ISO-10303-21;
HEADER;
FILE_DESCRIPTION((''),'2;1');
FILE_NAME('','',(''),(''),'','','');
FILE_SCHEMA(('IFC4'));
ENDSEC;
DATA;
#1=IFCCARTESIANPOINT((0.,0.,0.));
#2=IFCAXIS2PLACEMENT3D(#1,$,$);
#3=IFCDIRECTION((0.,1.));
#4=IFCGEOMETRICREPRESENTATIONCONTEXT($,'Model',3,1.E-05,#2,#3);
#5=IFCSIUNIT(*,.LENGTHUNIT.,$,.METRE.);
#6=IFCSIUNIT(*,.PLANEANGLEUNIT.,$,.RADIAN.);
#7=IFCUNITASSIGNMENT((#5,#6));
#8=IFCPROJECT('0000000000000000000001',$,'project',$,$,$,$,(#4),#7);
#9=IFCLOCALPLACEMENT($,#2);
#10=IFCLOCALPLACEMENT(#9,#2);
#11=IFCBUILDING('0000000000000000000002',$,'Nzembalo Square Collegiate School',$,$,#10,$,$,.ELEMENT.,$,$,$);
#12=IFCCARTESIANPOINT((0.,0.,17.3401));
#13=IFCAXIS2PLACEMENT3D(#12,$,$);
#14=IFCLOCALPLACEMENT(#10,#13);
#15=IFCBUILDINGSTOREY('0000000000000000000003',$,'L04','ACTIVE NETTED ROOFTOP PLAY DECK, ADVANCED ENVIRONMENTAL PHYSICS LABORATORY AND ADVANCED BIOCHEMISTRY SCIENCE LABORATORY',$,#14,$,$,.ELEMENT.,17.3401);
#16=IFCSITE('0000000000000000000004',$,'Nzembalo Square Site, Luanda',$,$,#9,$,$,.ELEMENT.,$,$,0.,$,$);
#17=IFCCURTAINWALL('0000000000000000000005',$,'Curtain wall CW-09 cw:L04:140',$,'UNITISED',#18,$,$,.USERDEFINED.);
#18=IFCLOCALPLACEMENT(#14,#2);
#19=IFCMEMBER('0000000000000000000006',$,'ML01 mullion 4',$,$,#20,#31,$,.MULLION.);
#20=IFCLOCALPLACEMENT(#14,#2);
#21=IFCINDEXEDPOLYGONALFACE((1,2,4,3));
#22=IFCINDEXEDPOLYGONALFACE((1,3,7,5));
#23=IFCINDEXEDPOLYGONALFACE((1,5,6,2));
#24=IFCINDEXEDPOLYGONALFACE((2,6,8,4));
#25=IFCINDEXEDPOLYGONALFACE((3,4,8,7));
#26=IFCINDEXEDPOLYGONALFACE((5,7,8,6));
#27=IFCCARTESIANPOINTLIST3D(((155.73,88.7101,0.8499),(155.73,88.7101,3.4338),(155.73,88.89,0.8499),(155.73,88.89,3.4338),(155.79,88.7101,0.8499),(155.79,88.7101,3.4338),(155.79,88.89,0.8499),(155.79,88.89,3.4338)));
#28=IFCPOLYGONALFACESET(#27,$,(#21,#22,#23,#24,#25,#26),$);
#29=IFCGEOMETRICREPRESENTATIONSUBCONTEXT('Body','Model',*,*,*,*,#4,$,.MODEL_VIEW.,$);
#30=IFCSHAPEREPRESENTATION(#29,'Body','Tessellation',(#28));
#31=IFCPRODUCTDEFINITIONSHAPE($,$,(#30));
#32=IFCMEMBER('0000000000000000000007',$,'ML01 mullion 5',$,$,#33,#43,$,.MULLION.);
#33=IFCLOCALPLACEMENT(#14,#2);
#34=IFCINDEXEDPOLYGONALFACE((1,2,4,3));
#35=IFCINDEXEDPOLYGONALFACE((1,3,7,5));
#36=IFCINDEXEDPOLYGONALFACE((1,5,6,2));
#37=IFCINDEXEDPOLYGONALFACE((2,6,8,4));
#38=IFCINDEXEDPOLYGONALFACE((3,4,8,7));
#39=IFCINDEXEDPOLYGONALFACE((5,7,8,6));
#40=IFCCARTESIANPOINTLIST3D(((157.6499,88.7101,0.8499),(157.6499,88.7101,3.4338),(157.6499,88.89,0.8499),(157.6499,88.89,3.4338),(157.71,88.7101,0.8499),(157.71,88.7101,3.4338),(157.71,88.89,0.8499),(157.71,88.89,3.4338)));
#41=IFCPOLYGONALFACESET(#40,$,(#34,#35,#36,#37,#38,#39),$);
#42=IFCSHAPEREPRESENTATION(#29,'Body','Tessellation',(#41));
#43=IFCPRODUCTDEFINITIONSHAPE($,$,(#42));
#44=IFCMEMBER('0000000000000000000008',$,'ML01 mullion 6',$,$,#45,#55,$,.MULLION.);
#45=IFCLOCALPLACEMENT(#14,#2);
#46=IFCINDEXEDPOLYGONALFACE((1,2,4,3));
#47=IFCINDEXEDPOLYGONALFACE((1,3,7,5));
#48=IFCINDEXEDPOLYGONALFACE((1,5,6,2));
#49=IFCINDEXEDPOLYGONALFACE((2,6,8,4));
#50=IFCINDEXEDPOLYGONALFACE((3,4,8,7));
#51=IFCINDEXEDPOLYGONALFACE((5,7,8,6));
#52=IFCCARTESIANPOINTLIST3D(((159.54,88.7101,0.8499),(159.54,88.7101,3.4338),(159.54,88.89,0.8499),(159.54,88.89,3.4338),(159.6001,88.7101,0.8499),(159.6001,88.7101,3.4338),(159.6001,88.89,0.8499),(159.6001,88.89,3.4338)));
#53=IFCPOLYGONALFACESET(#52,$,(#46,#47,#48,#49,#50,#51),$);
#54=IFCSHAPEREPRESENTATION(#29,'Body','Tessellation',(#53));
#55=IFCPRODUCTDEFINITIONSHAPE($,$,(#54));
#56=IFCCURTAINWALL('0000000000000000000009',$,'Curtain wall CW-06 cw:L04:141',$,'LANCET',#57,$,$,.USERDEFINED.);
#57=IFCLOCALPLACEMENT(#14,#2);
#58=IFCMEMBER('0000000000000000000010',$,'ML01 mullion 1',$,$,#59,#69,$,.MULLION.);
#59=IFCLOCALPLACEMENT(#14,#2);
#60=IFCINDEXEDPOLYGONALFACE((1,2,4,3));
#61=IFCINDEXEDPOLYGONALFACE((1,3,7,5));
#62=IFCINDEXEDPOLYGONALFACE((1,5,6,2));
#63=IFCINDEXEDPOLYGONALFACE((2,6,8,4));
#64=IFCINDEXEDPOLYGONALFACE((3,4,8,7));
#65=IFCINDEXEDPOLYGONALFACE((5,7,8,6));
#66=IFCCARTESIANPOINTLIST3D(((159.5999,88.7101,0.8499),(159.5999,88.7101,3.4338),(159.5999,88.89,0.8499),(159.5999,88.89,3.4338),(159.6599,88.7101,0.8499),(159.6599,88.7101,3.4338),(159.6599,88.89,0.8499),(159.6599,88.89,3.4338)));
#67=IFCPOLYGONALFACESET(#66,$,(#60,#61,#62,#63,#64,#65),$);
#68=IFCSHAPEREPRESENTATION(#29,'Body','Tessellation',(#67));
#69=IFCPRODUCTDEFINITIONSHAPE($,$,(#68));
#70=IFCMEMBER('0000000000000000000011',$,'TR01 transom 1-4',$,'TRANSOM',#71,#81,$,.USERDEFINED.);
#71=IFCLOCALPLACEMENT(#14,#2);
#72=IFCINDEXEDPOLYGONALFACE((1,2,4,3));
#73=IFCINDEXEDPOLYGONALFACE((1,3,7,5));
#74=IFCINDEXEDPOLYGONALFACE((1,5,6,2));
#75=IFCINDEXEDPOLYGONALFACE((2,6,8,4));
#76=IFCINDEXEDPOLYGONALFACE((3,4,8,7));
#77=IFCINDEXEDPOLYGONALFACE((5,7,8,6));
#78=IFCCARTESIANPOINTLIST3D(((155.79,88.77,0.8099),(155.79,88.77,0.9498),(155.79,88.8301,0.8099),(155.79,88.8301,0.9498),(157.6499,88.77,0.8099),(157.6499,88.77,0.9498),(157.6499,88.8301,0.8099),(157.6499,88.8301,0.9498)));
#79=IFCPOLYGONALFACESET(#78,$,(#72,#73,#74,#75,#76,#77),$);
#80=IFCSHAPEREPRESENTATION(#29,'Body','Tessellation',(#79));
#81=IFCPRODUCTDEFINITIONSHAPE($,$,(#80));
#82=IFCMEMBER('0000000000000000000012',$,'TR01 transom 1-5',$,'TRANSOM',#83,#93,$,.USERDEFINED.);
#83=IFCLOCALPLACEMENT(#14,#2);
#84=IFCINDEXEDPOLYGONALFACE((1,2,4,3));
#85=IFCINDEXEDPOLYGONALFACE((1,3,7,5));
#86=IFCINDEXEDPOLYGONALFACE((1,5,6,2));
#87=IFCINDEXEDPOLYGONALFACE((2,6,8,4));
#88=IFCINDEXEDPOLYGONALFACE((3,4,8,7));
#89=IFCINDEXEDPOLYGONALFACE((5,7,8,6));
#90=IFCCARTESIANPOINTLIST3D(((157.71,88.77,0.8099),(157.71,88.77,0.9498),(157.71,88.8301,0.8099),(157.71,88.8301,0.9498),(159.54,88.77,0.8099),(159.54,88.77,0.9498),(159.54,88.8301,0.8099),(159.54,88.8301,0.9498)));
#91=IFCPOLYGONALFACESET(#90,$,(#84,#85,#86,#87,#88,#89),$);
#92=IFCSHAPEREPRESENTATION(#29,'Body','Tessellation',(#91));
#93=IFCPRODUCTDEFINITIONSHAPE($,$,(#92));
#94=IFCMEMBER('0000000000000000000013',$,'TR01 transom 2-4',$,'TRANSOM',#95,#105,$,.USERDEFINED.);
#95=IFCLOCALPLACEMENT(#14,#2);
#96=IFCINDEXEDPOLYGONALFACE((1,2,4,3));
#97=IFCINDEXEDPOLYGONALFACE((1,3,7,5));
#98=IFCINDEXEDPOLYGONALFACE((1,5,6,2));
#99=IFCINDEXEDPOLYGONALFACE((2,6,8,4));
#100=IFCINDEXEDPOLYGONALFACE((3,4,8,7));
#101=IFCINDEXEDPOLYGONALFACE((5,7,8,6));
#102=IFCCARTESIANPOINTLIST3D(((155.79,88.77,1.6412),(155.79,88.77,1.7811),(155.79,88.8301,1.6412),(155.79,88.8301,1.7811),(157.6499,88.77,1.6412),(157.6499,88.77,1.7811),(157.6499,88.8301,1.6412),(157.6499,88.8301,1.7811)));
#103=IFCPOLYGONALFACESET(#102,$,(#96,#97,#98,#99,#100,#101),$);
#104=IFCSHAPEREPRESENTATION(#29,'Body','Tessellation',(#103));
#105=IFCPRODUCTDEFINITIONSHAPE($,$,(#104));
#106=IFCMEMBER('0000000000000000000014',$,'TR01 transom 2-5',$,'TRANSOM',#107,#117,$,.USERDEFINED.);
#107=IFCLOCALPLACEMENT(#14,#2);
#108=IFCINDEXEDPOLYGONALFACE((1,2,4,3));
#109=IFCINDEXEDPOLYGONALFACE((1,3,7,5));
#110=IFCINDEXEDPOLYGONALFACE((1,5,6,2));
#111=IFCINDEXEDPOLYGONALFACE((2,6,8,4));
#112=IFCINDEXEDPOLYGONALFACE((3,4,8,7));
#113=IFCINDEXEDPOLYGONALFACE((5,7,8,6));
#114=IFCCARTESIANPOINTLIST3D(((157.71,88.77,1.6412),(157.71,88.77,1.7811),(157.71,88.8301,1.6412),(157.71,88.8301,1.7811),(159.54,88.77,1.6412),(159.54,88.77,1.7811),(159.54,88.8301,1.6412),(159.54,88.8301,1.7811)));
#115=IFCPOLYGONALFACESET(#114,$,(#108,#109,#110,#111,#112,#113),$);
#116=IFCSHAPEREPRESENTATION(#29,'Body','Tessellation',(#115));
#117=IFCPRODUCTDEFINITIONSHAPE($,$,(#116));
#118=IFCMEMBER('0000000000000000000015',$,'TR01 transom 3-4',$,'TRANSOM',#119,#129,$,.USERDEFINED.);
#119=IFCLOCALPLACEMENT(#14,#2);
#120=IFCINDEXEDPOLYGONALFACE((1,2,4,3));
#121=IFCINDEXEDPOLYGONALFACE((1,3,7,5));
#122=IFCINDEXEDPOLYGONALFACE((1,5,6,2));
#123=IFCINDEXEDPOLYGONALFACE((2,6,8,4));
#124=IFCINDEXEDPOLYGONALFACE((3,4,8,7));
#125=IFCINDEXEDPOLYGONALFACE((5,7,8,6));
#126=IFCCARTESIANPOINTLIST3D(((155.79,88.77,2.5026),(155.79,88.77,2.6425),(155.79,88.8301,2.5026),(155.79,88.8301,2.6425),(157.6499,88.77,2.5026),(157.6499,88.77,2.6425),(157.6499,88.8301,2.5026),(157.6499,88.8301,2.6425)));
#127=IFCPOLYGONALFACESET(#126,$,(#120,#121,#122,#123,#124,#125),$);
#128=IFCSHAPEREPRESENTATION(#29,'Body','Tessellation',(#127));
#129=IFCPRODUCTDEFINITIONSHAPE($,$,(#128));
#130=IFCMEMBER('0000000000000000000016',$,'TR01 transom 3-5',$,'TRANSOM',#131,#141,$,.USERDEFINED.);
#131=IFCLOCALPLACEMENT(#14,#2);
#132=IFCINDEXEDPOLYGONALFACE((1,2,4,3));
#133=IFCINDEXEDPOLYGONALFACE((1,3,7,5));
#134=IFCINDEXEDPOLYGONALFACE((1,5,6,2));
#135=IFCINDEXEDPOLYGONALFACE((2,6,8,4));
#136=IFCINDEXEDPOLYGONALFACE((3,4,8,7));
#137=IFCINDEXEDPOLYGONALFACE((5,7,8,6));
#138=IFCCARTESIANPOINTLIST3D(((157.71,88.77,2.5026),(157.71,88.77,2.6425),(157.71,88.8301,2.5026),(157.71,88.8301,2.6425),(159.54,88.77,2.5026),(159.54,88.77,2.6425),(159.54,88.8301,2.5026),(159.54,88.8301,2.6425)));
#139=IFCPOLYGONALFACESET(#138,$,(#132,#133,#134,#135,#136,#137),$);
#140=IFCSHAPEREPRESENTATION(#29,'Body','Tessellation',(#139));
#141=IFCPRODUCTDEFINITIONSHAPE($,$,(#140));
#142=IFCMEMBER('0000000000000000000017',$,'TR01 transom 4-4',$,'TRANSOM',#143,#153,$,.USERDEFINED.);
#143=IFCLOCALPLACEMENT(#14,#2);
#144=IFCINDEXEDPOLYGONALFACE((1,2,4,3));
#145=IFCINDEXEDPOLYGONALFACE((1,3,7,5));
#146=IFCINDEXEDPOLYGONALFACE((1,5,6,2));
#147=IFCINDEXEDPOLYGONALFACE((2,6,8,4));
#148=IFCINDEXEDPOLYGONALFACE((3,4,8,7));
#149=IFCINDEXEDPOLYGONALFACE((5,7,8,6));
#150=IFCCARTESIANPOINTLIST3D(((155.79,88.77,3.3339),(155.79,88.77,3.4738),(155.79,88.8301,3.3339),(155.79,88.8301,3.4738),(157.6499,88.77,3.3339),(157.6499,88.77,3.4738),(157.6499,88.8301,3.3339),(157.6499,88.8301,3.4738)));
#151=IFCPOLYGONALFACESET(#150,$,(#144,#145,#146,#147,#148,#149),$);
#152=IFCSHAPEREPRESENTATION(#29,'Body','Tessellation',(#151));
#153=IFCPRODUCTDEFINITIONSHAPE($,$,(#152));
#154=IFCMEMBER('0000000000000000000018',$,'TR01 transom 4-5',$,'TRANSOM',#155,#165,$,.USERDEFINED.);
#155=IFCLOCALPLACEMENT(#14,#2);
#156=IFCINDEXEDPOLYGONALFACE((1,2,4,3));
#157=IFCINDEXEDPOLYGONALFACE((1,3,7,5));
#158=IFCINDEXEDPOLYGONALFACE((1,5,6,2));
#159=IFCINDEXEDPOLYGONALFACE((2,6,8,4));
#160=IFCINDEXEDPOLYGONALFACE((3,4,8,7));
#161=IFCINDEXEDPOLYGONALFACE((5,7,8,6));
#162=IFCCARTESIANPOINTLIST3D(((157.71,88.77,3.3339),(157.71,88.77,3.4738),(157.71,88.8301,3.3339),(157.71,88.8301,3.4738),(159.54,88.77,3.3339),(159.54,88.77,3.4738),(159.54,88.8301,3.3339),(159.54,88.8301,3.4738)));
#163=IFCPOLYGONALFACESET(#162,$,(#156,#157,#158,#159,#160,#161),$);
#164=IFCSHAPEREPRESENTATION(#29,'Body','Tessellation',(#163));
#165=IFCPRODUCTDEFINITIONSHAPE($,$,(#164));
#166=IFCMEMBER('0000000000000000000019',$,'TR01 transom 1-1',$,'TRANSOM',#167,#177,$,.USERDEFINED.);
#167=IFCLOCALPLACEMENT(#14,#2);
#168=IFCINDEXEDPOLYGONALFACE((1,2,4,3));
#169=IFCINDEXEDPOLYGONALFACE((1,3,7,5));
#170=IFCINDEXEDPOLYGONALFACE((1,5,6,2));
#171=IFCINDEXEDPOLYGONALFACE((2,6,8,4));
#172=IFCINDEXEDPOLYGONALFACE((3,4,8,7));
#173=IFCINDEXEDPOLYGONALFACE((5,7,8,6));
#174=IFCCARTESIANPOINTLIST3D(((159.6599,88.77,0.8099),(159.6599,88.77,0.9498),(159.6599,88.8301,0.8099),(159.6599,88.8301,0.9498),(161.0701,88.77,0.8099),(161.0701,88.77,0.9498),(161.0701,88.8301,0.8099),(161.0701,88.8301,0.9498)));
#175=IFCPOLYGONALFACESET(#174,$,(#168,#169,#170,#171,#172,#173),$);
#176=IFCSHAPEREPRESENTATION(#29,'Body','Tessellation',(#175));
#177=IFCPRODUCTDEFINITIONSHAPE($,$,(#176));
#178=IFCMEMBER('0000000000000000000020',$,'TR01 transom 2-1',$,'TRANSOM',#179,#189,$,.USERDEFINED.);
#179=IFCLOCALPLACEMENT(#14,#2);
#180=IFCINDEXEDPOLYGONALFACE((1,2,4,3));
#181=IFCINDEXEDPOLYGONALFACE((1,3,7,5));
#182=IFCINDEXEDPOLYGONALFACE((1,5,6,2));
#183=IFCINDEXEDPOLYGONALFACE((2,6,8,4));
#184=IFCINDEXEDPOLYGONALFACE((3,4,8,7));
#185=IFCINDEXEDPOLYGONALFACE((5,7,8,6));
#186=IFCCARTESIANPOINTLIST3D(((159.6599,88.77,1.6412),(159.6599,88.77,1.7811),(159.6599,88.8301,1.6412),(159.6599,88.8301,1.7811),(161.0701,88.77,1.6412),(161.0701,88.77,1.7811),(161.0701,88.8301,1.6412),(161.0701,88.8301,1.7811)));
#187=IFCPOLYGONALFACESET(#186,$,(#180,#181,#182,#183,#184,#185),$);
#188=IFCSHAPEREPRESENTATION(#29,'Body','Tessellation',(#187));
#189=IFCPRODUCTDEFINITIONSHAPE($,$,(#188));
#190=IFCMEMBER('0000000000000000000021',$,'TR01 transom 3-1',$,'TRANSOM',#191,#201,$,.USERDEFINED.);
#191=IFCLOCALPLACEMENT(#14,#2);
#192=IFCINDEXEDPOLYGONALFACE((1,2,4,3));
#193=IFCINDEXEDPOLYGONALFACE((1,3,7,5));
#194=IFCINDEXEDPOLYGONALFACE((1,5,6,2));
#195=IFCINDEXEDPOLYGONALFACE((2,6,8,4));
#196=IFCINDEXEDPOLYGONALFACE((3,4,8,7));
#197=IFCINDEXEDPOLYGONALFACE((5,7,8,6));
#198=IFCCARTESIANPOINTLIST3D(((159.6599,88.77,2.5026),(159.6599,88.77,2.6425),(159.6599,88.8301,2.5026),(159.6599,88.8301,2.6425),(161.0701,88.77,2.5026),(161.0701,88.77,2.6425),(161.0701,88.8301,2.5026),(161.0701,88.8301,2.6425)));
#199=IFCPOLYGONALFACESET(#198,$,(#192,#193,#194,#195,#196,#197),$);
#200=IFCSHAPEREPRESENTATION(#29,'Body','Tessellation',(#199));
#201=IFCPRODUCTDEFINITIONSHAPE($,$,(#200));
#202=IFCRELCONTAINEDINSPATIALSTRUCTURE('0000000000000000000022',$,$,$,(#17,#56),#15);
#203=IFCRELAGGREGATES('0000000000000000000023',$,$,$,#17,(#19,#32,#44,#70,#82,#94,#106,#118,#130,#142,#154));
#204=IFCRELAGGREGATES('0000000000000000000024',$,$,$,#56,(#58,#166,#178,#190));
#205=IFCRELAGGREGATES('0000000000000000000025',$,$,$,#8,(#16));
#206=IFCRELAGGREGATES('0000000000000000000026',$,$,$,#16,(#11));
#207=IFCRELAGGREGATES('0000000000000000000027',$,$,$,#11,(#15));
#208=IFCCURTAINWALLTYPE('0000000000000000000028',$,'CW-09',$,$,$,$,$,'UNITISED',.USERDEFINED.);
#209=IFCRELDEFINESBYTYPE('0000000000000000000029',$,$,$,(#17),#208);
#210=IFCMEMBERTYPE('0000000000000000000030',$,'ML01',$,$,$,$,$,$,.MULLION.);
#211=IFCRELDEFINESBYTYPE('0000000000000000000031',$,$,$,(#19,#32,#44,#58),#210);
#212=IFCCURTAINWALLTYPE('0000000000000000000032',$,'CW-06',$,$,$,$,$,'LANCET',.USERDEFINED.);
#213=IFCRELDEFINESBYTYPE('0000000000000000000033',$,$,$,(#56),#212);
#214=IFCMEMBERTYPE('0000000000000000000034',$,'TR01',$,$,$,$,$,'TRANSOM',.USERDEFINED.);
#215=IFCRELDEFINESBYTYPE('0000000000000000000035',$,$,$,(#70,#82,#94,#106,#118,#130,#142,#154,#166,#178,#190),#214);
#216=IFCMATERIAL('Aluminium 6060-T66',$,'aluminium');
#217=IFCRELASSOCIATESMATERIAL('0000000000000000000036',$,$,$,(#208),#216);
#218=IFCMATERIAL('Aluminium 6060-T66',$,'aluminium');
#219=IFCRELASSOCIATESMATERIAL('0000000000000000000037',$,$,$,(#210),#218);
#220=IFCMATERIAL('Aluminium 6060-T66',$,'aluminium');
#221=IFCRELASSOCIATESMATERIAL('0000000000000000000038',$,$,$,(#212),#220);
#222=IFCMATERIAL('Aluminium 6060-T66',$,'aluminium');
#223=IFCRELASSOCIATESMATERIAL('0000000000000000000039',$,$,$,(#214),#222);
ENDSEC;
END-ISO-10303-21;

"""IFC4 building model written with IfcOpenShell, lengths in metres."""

from ifc_helpers import new_model, si_unit, direction, frame, origin, origin_2d, place, context, subcontext, project, spatial, rectangle, extrude, material, material_profile, profile_set, type_object, element, aggregate, save


model = new_model("IFC4")

# Units and contexts
model_context = context("Model", 3, precision=1e-05, world=origin(), true_north=direction((0.0, 1.0)))
body_context = subcontext(model_context, "Body", "Model", "MODEL_VIEW")
ifc_project = project(units=[si_unit("LENGTHUNIT", "METRE"), si_unit("PLANEANGLEUNIT", "RADIAN")], contexts=[model_context])

# Site, building, storey
site_placement = place(None, origin())
site = spatial("IfcSite", under=ifc_project, at=site_placement, Name="Nzembalo Square Site, Luanda", CompositionType="ELEMENT", RefElevation=0.0)
building_placement = place(site_placement, origin())
building = spatial("IfcBuilding", under=site, at=building_placement, Name="Nzembalo Square Collegiate School", CompositionType="ELEMENT")
storey_placement = place(building_placement, frame((0.0, 0.0, 17.3401)))
storey = spatial("IfcBuildingStorey", under=building, at=storey_placement, Name="L04", Description="ACTIVE NETTED ROOFTOP PLAY DECK, ADVANCED ENVIRONMENTAL PHYSICS LABORATORY AND ADVANCED BIOCHEMISTRY SCIENCE LABORATORY", CompositionType="ELEMENT", Elevation=17.3401)

# Curtain wall, members
ifc_material_1 = material(Name="Aluminium 6060-T66", Category="aluminium")
curtain_wall_type_1 = type_object("IfcCurtainWallType", Name="CW-09", ElementType="UNITISED", PredefinedType="USERDEFINED", material=ifc_material_1)
curtain_wall_1_placement = place(storey_placement, origin())
curtain_wall_1 = element("IfcCurtainWall", 1, at=curtain_wall_1_placement, inside=storey, type_object=curtain_wall_type_1, Name="Curtain wall CW-09 cw:L04:140", ObjectType="UNITISED", PredefinedType="USERDEFINED")
ifc_material_2 = material(Name="Aluminium 6060-T66", Category="aluminium")
ifc_material_profile_1 = material_profile(ifc_material_2, rectangle(XDim=0.0601, YDim=0.1799, at=origin_2d()), Name="ALU M60x180")
ifc_profile_set_1 = profile_set([ifc_material_profile_1], Name="Aluminium 6060-T66")
member_type_1 = type_object("IfcMemberType", Name="ML01", PredefinedType="MULLION", material=ifc_profile_set_1)
member_1_placement = place(storey_placement, frame((155.76, 88.8, 0.8499), z_axis=(0.0, 0.0, 1.0), x_axis=(1.0, 0.0, 0.0)))
member_1 = element("IfcMember", 2, at=member_1_placement, type_object=member_type_1, Name="ML01 mullion 4", PredefinedType="MULLION", context=body_context, shape_type="SweptSolid", body=[
    extrude(rectangle(XDim=0.0601, YDim=0.1799, at=origin_2d()), origin(), (0.0, 0.0, 1.0), 2.584),
])
member_2_placement = place(storey_placement, frame((157.6799, 88.8, 0.8499), z_axis=(0.0, 0.0, 1.0), x_axis=(1.0, 0.0, 0.0)))
member_2 = element("IfcMember", 3, at=member_2_placement, type_object=member_type_1, Name="ML01 mullion 5", PredefinedType="MULLION", context=body_context, shape_type="SweptSolid", body=[
    extrude(rectangle(XDim=0.0601, YDim=0.1799, at=origin_2d()), origin(), (0.0, 0.0, 1.0), 2.584),
])
member_3_placement = place(storey_placement, frame((159.5701, 88.8, 0.8499), z_axis=(0.0, 0.0, 1.0), x_axis=(1.0, 0.0, 0.0)))
member_3 = element("IfcMember", 4, at=member_3_placement, type_object=member_type_1, Name="ML01 mullion 6", PredefinedType="MULLION", context=body_context, shape_type="SweptSolid", body=[
    extrude(rectangle(XDim=0.0601, YDim=0.1799, at=origin_2d()), origin(), (0.0, 0.0, 1.0), 2.584),
])

# Curtain wall, member
ifc_material_3 = material(Name="Aluminium 6060-T66", Category="aluminium")
curtain_wall_type_2 = type_object("IfcCurtainWallType", Name="CW-06", ElementType="LANCET", PredefinedType="USERDEFINED", material=ifc_material_3)
curtain_wall_2_placement = place(storey_placement, origin())
curtain_wall_2 = element("IfcCurtainWall", 5, at=curtain_wall_2_placement, inside=storey, type_object=curtain_wall_type_2, Name="Curtain wall CW-06 cw:L04:141", ObjectType="LANCET", PredefinedType="USERDEFINED")
member_4_placement = place(storey_placement, frame((159.6299, 88.8, 0.8499), z_axis=(0.0, 0.0, 1.0), x_axis=(1.0, 0.0, 0.0)))
member_4 = element("IfcMember", 6, at=member_4_placement, type_object=member_type_1, Name="ML01 mullion 1", PredefinedType="MULLION", context=body_context, shape_type="SweptSolid", body=[
    extrude(rectangle(XDim=0.0601, YDim=0.1799, at=origin_2d()), origin(), (0.0, 0.0, 1.0), 2.584),
])

# Members
ifc_material_4 = material(Name="Aluminium 6060-T66", Category="aluminium")
ifc_material_profile_2 = material_profile(ifc_material_4, rectangle(XDim=0.0601, YDim=0.1399, at=origin_2d()), Name="ALU T60x140")
ifc_profile_set_2 = profile_set([ifc_material_profile_2], Name="Aluminium 6060-T66")
member_type_2 = type_object("IfcMemberType", Name="TR01", ElementType="TRANSOM", PredefinedType="USERDEFINED", material=ifc_profile_set_2)
member_5_placement = place(storey_placement, frame((155.79, 88.8, 0.8799), z_axis=(1.0, 0.0, 0.0), x_axis=(0.0, 1.0, 0.0)))
member_5 = element("IfcMember", 7, at=member_5_placement, type_object=member_type_2, Name="TR01 transom 1-4", ObjectType="TRANSOM", PredefinedType="USERDEFINED", context=body_context, shape_type="SweptSolid", body=[
    extrude(rectangle(XDim=0.0601, YDim=0.1399, at=origin_2d()), origin(), (0.0, 0.0, 1.0), 1.8599),
])
member_6_placement = place(storey_placement, frame((157.71, 88.8, 0.8799), z_axis=(1.0, 0.0, 0.0), x_axis=(0.0, 1.0, 0.0)))
member_6 = element("IfcMember", 8, at=member_6_placement, type_object=member_type_2, Name="TR01 transom 1-5", ObjectType="TRANSOM", PredefinedType="USERDEFINED", context=body_context, shape_type="SweptSolid", body=[
    extrude(rectangle(XDim=0.0601, YDim=0.1399, at=origin_2d()), origin(), (0.0, 0.0, 1.0), 1.8301),
])
member_7_placement = place(storey_placement, frame((155.79, 88.8, 1.7112), z_axis=(1.0, 0.0, 0.0), x_axis=(0.0, 1.0, 0.0)))
member_7 = element("IfcMember", 9, at=member_7_placement, type_object=member_type_2, Name="TR01 transom 2-4", ObjectType="TRANSOM", PredefinedType="USERDEFINED", context=body_context, shape_type="SweptSolid", body=[
    extrude(rectangle(XDim=0.0601, YDim=0.1399, at=origin_2d()), origin(), (0.0, 0.0, 1.0), 1.8599),
])
member_8_placement = place(storey_placement, frame((157.71, 88.8, 1.7112), z_axis=(1.0, 0.0, 0.0), x_axis=(0.0, 1.0, 0.0)))
member_8 = element("IfcMember", 10, at=member_8_placement, type_object=member_type_2, Name="TR01 transom 2-5", ObjectType="TRANSOM", PredefinedType="USERDEFINED", context=body_context, shape_type="SweptSolid", body=[
    extrude(rectangle(XDim=0.0601, YDim=0.1399, at=origin_2d()), origin(), (0.0, 0.0, 1.0), 1.8301),
])
member_9_placement = place(storey_placement, frame((155.79, 88.8, 2.5725), z_axis=(1.0, 0.0, 0.0), x_axis=(0.0, 1.0, 0.0)))
member_9 = element("IfcMember", 11, at=member_9_placement, type_object=member_type_2, Name="TR01 transom 3-4", ObjectType="TRANSOM", PredefinedType="USERDEFINED", context=body_context, shape_type="SweptSolid", body=[
    extrude(rectangle(XDim=0.0601, YDim=0.1399, at=origin_2d()), origin(), (0.0, 0.0, 1.0), 1.8599),
])
member_10_placement = place(storey_placement, frame((157.71, 88.8, 2.5725), z_axis=(1.0, 0.0, 0.0), x_axis=(0.0, 1.0, 0.0)))
member_10 = element("IfcMember", 12, at=member_10_placement, type_object=member_type_2, Name="TR01 transom 3-5", ObjectType="TRANSOM", PredefinedType="USERDEFINED", context=body_context, shape_type="SweptSolid", body=[
    extrude(rectangle(XDim=0.0601, YDim=0.1399, at=origin_2d()), origin(), (0.0, 0.0, 1.0), 1.8301),
])
member_11_placement = place(storey_placement, frame((155.79, 88.8, 3.4038), z_axis=(1.0, 0.0, 0.0), x_axis=(0.0, 1.0, 0.0)))
member_11 = element("IfcMember", 13, at=member_11_placement, type_object=member_type_2, Name="TR01 transom 4-4", ObjectType="TRANSOM", PredefinedType="USERDEFINED", context=body_context, shape_type="SweptSolid", body=[
    extrude(rectangle(XDim=0.0601, YDim=0.1399, at=origin_2d()), origin(), (0.0, 0.0, 1.0), 1.8599),
])
member_12_placement = place(storey_placement, frame((157.71, 88.8, 3.4038), z_axis=(1.0, 0.0, 0.0), x_axis=(0.0, 1.0, 0.0)))
member_12 = element("IfcMember", 14, at=member_12_placement, type_object=member_type_2, Name="TR01 transom 4-5", ObjectType="TRANSOM", PredefinedType="USERDEFINED", context=body_context, shape_type="SweptSolid", body=[
    extrude(rectangle(XDim=0.0601, YDim=0.1399, at=origin_2d()), origin(), (0.0, 0.0, 1.0), 1.8301),
])
member_13_placement = place(storey_placement, frame((159.6599, 88.8, 0.8799), z_axis=(1.0, 0.0, 0.0), x_axis=(0.0, 1.0, 0.0)))
member_13 = element("IfcMember", 15, at=member_13_placement, type_object=member_type_2, Name="TR01 transom 1-1", ObjectType="TRANSOM", PredefinedType="USERDEFINED", context=body_context, shape_type="SweptSolid", body=[
    extrude(rectangle(XDim=0.0601, YDim=0.1399, at=origin_2d()), origin(), (0.0, 0.0, 1.0), 1.4102),
])
member_14_placement = place(storey_placement, frame((159.6599, 88.8, 1.7112), z_axis=(1.0, 0.0, 0.0), x_axis=(0.0, 1.0, 0.0)))
member_14 = element("IfcMember", 16, at=member_14_placement, type_object=member_type_2, Name="TR01 transom 2-1", ObjectType="TRANSOM", PredefinedType="USERDEFINED", context=body_context, shape_type="SweptSolid", body=[
    extrude(rectangle(XDim=0.0601, YDim=0.1399, at=origin_2d()), origin(), (0.0, 0.0, 1.0), 1.4102),
])
member_15_placement = place(storey_placement, frame((159.6599, 88.8, 2.5725), z_axis=(1.0, 0.0, 0.0), x_axis=(0.0, 1.0, 0.0)))
member_15 = element("IfcMember", 17, at=member_15_placement, type_object=member_type_2, Name="TR01 transom 3-1", ObjectType="TRANSOM", PredefinedType="USERDEFINED", context=body_context, shape_type="SweptSolid", body=[
    extrude(rectangle(XDim=0.0601, YDim=0.1399, at=origin_2d()), origin(), (0.0, 0.0, 1.0), 1.4102),
])

aggregate(curtain_wall_1, [member_1, member_2, member_3, member_5, member_6, member_7, member_8, member_9, member_10, member_11, member_12])
aggregate(curtain_wall_2, [member_4, member_13, member_14, member_15])

save(model, "model.ifc")
